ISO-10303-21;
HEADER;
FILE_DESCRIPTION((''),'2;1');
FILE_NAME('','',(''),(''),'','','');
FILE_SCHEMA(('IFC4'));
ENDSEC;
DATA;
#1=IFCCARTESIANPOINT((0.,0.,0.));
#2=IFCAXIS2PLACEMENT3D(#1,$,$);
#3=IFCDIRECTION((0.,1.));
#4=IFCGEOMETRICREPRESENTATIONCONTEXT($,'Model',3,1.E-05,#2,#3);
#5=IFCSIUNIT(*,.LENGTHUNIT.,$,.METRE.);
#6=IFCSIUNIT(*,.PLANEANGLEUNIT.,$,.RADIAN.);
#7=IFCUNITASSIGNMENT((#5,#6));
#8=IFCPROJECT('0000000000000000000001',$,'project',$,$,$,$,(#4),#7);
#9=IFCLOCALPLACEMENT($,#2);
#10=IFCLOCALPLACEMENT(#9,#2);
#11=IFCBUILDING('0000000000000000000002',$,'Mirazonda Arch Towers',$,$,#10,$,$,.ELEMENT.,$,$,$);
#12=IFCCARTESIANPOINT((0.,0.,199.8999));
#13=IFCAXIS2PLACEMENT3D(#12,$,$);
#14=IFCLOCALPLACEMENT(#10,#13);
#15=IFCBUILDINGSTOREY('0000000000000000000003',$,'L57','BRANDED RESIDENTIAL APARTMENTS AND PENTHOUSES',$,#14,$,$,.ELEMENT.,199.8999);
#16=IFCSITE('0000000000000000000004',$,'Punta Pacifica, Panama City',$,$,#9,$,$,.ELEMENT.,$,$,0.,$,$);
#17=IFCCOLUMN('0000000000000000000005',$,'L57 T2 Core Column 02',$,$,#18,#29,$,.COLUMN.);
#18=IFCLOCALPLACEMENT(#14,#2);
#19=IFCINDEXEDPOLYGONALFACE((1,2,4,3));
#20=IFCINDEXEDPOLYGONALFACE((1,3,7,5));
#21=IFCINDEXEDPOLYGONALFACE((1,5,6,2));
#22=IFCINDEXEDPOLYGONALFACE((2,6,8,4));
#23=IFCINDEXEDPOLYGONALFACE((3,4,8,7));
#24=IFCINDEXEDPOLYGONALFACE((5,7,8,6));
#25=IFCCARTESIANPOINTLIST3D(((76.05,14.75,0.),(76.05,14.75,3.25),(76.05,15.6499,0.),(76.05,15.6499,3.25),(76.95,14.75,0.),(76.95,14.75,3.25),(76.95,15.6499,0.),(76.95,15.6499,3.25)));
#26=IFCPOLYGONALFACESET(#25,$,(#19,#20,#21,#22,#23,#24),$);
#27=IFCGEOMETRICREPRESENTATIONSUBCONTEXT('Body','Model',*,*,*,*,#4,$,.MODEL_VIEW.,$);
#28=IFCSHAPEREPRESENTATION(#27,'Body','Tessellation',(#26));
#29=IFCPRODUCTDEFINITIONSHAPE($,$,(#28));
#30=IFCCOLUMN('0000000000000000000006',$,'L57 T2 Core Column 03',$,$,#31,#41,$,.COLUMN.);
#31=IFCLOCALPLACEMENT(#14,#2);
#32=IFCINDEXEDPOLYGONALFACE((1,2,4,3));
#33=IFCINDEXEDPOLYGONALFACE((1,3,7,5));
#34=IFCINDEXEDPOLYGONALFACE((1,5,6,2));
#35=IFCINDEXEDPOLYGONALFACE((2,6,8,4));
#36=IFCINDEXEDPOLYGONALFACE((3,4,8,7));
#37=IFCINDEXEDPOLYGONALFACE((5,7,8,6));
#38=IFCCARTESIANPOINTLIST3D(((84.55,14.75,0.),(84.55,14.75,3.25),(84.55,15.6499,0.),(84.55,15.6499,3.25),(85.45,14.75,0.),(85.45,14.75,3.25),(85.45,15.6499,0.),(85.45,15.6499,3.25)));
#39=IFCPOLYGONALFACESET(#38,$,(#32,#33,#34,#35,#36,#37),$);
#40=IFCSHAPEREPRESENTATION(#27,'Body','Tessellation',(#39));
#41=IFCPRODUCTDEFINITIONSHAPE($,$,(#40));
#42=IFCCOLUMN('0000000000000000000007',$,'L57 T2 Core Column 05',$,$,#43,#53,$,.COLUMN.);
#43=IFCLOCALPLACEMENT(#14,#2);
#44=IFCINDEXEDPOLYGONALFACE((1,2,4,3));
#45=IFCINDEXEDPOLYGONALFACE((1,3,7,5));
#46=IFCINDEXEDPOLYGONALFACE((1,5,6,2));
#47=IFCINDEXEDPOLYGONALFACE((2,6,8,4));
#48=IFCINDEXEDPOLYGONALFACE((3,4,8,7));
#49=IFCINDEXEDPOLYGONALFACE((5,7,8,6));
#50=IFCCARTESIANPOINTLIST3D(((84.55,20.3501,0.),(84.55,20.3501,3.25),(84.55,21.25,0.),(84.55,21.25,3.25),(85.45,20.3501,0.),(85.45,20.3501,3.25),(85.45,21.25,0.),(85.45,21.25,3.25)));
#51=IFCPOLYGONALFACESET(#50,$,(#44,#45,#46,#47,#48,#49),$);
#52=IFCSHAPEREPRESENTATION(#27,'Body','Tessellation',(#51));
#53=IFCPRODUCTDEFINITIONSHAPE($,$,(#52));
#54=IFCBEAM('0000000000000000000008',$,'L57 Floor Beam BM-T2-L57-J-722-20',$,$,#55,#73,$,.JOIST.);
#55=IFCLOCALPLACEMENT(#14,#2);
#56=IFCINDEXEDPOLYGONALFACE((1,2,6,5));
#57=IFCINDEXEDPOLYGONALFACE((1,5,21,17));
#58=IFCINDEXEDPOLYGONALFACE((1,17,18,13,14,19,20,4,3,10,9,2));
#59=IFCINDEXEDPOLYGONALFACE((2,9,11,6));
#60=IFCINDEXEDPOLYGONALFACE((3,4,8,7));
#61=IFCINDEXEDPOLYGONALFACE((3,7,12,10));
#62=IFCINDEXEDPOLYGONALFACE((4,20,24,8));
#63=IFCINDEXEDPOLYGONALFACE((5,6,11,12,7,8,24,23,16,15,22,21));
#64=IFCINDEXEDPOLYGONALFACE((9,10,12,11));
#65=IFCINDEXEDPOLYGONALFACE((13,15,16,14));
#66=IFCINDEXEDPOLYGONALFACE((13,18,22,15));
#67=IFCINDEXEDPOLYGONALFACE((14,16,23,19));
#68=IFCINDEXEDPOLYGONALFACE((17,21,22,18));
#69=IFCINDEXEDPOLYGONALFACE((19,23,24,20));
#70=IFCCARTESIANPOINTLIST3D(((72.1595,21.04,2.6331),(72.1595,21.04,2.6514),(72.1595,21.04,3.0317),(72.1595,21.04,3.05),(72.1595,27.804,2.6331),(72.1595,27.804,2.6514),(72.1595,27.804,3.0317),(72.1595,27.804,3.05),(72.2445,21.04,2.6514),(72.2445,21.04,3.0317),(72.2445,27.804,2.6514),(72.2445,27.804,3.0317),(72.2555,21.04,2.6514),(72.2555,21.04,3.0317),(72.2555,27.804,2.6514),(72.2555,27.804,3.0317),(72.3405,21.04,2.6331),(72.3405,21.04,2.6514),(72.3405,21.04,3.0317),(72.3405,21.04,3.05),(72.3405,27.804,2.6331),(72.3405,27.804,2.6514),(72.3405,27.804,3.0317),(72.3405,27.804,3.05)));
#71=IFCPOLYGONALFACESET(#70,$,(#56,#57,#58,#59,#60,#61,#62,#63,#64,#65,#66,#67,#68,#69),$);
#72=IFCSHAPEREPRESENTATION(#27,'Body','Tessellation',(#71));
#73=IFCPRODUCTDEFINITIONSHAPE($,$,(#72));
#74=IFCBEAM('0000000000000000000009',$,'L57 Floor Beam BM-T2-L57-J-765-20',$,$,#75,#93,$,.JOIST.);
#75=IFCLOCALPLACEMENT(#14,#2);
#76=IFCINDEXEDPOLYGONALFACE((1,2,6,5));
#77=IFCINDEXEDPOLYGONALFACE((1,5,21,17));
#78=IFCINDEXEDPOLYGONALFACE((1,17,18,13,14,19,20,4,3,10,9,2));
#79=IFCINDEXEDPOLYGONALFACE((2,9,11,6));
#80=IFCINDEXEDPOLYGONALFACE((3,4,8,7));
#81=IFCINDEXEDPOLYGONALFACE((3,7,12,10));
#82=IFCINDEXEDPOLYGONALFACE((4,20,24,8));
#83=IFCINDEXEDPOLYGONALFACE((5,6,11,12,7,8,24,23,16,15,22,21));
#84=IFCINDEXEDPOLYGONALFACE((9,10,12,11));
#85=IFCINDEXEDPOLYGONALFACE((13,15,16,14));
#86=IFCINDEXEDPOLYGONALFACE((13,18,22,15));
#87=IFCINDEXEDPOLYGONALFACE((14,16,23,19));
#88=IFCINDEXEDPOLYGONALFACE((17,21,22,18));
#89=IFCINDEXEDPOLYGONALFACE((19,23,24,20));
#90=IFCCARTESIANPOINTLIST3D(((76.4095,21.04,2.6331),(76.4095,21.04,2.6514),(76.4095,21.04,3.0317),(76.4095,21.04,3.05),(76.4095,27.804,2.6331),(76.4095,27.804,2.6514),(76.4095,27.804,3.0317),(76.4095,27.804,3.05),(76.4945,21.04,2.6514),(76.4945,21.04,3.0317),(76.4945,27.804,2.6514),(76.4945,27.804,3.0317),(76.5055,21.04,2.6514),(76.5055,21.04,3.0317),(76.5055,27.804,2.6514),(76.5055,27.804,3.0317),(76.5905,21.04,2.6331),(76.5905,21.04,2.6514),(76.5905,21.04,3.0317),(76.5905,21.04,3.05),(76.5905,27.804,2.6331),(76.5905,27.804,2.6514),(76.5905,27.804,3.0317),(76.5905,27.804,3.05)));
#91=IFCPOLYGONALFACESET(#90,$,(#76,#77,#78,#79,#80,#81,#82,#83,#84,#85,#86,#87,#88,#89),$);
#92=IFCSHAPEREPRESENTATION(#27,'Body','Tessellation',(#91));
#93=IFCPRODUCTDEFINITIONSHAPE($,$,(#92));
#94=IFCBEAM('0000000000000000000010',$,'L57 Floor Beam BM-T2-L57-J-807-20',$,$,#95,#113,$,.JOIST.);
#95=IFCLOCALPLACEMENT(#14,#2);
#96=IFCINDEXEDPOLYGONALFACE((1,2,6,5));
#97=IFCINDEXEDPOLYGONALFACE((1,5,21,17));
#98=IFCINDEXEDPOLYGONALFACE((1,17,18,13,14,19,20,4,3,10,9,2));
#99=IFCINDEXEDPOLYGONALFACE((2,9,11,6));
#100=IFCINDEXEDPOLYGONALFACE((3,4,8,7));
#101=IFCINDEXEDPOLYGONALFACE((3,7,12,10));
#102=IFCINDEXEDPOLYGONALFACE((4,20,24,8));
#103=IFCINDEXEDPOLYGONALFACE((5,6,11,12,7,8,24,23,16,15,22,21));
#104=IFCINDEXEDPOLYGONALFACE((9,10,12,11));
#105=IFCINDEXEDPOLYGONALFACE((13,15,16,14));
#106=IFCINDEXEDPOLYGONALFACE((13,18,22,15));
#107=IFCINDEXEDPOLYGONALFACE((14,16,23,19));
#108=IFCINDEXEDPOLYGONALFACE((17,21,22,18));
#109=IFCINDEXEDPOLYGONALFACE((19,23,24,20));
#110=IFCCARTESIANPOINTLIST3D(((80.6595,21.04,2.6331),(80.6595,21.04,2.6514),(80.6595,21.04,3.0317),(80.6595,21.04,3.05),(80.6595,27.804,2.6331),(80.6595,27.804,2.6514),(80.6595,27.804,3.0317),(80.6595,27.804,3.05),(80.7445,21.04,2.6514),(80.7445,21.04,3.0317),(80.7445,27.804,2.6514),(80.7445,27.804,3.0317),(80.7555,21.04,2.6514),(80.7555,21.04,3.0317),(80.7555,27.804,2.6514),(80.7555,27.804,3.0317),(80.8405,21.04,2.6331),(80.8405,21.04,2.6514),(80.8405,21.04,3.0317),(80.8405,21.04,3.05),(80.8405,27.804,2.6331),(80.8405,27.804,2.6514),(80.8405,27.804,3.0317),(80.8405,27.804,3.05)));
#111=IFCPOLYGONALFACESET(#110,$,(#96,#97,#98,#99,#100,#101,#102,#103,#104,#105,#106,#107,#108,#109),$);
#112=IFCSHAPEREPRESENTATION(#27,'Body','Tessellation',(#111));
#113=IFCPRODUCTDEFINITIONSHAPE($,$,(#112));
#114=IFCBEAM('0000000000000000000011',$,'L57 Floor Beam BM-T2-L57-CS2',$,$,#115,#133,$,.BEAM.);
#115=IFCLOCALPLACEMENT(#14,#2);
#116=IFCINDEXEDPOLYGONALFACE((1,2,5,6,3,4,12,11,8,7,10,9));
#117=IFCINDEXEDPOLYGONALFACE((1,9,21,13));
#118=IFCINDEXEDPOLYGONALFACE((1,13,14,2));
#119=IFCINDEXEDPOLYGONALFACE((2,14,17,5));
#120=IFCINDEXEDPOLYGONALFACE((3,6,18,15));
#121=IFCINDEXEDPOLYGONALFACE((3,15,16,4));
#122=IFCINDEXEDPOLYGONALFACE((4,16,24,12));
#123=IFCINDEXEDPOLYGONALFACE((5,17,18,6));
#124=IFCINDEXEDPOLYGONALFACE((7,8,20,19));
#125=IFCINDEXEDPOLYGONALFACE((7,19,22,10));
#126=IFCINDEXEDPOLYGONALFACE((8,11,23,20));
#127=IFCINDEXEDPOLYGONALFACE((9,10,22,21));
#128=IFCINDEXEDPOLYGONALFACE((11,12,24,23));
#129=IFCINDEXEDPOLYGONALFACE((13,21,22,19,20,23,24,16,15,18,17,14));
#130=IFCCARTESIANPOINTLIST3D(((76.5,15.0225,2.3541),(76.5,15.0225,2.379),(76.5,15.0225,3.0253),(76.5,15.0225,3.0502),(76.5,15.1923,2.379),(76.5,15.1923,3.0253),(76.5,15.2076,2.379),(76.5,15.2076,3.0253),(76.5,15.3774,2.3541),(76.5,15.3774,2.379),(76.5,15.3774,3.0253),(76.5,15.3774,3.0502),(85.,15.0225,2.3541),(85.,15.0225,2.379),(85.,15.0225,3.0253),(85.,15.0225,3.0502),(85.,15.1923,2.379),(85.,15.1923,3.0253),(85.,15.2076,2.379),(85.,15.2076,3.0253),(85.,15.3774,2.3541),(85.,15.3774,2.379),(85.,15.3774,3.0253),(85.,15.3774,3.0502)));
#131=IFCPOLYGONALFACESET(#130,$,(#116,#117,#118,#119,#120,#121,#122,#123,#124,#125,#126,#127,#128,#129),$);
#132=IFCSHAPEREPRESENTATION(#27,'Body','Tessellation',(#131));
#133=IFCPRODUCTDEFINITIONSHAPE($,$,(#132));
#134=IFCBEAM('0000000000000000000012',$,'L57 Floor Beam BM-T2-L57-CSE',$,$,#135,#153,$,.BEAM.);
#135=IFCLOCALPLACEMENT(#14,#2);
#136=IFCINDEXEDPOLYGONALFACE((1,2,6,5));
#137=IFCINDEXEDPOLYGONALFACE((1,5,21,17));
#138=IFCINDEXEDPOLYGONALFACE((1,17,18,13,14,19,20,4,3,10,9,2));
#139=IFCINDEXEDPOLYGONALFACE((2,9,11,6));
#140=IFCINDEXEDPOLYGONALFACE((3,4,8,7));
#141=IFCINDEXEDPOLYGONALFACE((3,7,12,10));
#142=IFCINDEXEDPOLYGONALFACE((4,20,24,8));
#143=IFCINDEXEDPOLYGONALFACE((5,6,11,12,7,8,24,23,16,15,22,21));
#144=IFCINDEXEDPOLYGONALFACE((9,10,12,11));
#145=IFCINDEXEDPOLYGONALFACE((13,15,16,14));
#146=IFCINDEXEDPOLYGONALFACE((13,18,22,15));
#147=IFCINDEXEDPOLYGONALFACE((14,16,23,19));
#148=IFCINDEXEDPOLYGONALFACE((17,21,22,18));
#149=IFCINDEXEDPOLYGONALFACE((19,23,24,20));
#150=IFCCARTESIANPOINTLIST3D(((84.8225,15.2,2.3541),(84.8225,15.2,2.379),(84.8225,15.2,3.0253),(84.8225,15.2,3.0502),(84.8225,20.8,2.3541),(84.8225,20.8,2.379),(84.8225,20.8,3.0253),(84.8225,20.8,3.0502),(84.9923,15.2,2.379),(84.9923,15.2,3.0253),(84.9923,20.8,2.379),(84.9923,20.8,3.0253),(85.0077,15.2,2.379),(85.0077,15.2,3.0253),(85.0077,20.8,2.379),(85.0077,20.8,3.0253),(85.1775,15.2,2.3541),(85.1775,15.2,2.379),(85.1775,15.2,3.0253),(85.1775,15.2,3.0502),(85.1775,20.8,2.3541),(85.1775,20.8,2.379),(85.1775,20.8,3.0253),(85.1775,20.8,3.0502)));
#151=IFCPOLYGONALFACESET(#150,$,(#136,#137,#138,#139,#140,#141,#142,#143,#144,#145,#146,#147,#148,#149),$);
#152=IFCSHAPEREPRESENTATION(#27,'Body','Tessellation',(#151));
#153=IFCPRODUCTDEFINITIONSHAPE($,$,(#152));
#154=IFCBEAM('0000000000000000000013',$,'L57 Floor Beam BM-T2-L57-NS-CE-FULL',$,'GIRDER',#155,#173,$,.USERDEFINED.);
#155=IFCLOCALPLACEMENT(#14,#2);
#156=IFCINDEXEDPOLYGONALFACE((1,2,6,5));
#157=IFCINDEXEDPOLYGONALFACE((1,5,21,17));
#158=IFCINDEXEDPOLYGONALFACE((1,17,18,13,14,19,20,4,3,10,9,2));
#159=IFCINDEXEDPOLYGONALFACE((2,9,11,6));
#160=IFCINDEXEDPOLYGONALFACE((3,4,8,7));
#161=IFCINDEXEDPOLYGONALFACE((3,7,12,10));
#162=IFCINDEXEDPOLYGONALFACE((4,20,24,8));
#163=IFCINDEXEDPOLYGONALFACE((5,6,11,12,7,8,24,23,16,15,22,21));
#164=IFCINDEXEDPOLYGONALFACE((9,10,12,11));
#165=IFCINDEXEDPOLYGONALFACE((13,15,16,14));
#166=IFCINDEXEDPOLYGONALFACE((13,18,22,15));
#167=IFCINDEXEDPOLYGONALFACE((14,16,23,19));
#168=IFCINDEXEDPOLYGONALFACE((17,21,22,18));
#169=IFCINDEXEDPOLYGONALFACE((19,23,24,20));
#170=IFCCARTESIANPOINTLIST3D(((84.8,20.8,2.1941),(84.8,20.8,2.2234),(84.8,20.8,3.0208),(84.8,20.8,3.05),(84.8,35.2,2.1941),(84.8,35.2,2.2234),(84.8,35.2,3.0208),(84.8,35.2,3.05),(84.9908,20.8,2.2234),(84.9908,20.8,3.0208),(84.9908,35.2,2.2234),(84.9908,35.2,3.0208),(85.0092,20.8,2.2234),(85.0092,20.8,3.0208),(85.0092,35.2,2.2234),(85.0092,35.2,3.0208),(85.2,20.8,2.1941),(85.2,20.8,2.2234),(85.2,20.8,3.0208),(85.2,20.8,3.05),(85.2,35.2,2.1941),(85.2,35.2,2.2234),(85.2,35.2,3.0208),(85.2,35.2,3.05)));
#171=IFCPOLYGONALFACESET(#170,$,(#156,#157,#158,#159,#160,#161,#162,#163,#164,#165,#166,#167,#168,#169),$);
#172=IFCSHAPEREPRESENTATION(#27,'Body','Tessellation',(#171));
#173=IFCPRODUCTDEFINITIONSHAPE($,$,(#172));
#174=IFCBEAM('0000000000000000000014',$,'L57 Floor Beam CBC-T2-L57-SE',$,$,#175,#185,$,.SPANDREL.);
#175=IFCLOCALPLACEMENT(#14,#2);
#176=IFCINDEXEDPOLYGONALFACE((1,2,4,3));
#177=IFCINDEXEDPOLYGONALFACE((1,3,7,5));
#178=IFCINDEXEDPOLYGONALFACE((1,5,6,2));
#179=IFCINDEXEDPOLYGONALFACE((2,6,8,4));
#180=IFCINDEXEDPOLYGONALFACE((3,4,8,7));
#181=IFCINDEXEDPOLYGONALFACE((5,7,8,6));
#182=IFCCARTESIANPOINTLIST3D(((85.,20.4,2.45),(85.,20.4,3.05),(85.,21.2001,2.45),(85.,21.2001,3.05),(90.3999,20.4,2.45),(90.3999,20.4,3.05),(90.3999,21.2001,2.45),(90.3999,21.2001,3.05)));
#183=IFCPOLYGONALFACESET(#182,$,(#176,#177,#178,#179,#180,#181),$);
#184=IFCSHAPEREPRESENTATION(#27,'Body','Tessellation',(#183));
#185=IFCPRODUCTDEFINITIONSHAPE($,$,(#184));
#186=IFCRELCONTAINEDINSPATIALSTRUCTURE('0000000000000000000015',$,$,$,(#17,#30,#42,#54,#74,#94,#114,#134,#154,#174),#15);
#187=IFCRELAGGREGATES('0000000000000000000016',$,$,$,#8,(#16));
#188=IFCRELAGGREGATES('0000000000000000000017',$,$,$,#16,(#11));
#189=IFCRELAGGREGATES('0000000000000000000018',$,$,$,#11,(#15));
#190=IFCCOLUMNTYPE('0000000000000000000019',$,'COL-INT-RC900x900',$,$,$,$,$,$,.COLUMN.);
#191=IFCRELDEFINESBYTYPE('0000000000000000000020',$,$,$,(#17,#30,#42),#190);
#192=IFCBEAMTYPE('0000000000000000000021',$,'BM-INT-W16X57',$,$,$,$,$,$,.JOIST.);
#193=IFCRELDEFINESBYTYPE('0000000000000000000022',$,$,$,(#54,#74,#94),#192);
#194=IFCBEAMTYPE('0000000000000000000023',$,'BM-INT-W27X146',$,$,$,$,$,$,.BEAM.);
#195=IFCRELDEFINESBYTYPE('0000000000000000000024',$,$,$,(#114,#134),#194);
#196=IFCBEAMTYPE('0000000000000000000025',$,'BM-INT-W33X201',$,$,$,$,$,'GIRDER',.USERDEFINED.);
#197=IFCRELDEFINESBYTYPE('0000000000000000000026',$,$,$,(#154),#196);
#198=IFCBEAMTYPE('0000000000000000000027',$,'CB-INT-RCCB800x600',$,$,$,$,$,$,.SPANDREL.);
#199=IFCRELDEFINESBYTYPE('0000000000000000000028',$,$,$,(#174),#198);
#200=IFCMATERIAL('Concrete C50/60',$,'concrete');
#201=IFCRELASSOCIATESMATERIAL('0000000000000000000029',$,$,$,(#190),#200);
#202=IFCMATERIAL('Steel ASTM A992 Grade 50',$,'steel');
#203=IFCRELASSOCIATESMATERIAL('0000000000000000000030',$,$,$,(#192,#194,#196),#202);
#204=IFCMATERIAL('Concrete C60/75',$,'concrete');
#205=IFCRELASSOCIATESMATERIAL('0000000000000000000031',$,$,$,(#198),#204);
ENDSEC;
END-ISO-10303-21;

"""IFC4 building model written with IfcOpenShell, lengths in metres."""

from ifc_helpers import new_model, si_unit, direction, frame, origin, origin_2d, place, context, subcontext, project, spatial, rectangle, i_section, extrude, material, material_profile, profile_set, type_object, element, save


model = new_model("IFC4")

# Units and contexts
model_context = context("Model", 3, precision=1e-05, world=origin(), true_north=direction((0.0, 1.0)))
body_context = subcontext(model_context, "Body", "Model", "MODEL_VIEW")
ifc_project = project(units=[si_unit("LENGTHUNIT", "METRE"), si_unit("PLANEANGLEUNIT", "RADIAN")], contexts=[model_context])

# Site, building, storey
site_placement = place(None, origin())
site = spatial("IfcSite", under=ifc_project, at=site_placement, Name="Punta Pacifica, Panama City", CompositionType="ELEMENT", RefElevation=0.0)
building_placement = place(site_placement, origin())
building = spatial("IfcBuilding", under=site, at=building_placement, Name="Mirazonda Arch Towers", CompositionType="ELEMENT")
storey_placement = place(building_placement, frame((0.0, 0.0, 199.8999)))
storey = spatial("IfcBuildingStorey", under=building, at=storey_placement, Name="L57", Description="BRANDED RESIDENTIAL APARTMENTS AND PENTHOUSES", CompositionType="ELEMENT", Elevation=199.8999)

# Columns
ifc_material_1 = material(Name="Concrete C50/60", Category="concrete")
ifc_material_profile_1 = material_profile(ifc_material_1, rectangle(XDim=0.8999, YDim=0.8999, at=origin_2d()), Name="RC900x900")
ifc_profile_set_1 = profile_set([ifc_material_profile_1], Name="Concrete C50/60")
column_type = type_object("IfcColumnType", Name="COL-INT-RC900x900", PredefinedType="COLUMN", material=ifc_profile_set_1)
for number, where, z_axis, x_axis, name in (
    (1, (76.5, 15.2, 0.0), (0.0, 0.0, 1.0), (1.0, 0.0, 0.0), "L57 T2 Core Column 02"),
    (2, (85.0, 15.2, 0.0), (0.0, 0.0, 1.0), (1.0, 0.0, 0.0), "L57 T2 Core Column 03"),
    (3, (85.0, 20.8, 0.0), (0.0, 0.0, 1.0), (1.0, 0.0, 0.0), "L57 T2 Core Column 05"),
):
    element("IfcColumn", number, at=place(storey_placement, frame(where, z_axis=z_axis, x_axis=x_axis)), inside=storey, type_object=column_type, Name=name, PredefinedType="COLUMN", context=body_context, shape_type="SweptSolid", body=[
        extrude(rectangle(XDim=0.8999, YDim=0.8999, at=origin_2d()), origin(), (0.0, 0.0, 1.0), 3.25),
    ])

# Beams
ifc_material_2 = material(Name="Steel ASTM A992 Grade 50", Category="steel")
ifc_material_profile_2 = material_profile(ifc_material_2, i_section(OverallWidth=0.1809, OverallDepth=0.417, WebThickness=0.011, FlangeThickness=0.0183, at=origin_2d()), Name="W16X57")
ifc_profile_set_2 = profile_set([ifc_material_profile_2], Name="Steel ASTM A992 Grade 50")
beam_type_1 = type_object("IfcBeamType", Name="BM-INT-W16X57", PredefinedType="JOIST", material=ifc_profile_set_2)
for number, where, z_axis, x_axis, name in (
    (4, (72.25, 21.04, 2.8416), (0.0, 1.0, 0.0), (-1.0, 0.0, 0.0), "L57 Floor Beam BM-T2-L57-J-722-20"),
    (5, (76.5, 21.04, 2.8416), (0.0, 1.0, 0.0), (-1.0, 0.0, 0.0), "L57 Floor Beam BM-T2-L57-J-765-20"),
    (6, (80.75, 21.04, 2.8416), (0.0, 1.0, 0.0), (-1.0, 0.0, 0.0), "L57 Floor Beam BM-T2-L57-J-807-20"),
):
    element("IfcBeam", number, at=place(storey_placement, frame(where, z_axis=z_axis, x_axis=x_axis)), inside=storey, type_object=beam_type_1, Name=name, PredefinedType="JOIST", context=body_context, shape_type="SweptSolid", body=[
        extrude(i_section(OverallWidth=0.1809, OverallDepth=0.417, WebThickness=0.011, FlangeThickness=0.0183, at=origin_2d()), origin(), (0.0, 0.0, 1.0), 6.7639),
    ])
ifc_material_profile_3 = material_profile(ifc_material_2, i_section(OverallWidth=0.355, OverallDepth=0.696, WebThickness=0.0154, FlangeThickness=0.0249, at=origin_2d()), Name="W27X146")
ifc_profile_set_3 = profile_set([ifc_material_profile_3], Name="Steel ASTM A992 Grade 50")
beam_type_2 = type_object("IfcBeamType", Name="BM-INT-W27X146", PredefinedType="BEAM", material=ifc_profile_set_3)
beam_1_placement = place(storey_placement, frame((76.5, 15.2, 2.7021), z_axis=(1.0, 0.0, 0.0), x_axis=(0.0, 1.0, 0.0)))
element("IfcBeam", 7, at=beam_1_placement, inside=storey, type_object=beam_type_2, Name="L57 Floor Beam BM-T2-L57-CS2", PredefinedType="BEAM", context=body_context, shape_type="SweptSolid", body=[
    extrude(i_section(OverallWidth=0.355, OverallDepth=0.696, WebThickness=0.0154, FlangeThickness=0.0249, at=origin_2d()), origin(), (0.0, 0.0, 1.0), 8.5),
])
beam_2_placement = place(storey_placement, frame((85.0, 15.2, 2.7021), z_axis=(0.0, 1.0, 0.0), x_axis=(-1.0, 0.0, 0.0)))
element("IfcBeam", 8, at=beam_2_placement, inside=storey, type_object=beam_type_2, Name="L57 Floor Beam BM-T2-L57-CSE", PredefinedType="BEAM", context=body_context, shape_type="SweptSolid", body=[
    extrude(i_section(OverallWidth=0.355, OverallDepth=0.696, WebThickness=0.0154, FlangeThickness=0.0249, at=origin_2d()), origin(), (0.0, 0.0, 1.0), 5.6001),
])
ifc_material_profile_4 = material_profile(ifc_material_2, i_section(OverallWidth=0.3999, OverallDepth=0.856, WebThickness=0.0183, FlangeThickness=0.0293, at=origin_2d()), Name="W33X201")
ifc_profile_set_4 = profile_set([ifc_material_profile_4], Name="Steel ASTM A992 Grade 50")
beam_type_3 = type_object("IfcBeamType", Name="BM-INT-W33X201", ElementType="GIRDER", PredefinedType="USERDEFINED", material=ifc_profile_set_4)
beam_3_placement = place(storey_placement, frame((85.0, 20.8, 2.6221), z_axis=(0.0, 1.0, 0.0), x_axis=(-1.0, 0.0, 0.0)))
element("IfcBeam", 9, at=beam_3_placement, inside=storey, type_object=beam_type_3, Name="L57 Floor Beam BM-T2-L57-NS-CE-FULL", ObjectType="GIRDER", PredefinedType="USERDEFINED", context=body_context, shape_type="SweptSolid", body=[
    extrude(i_section(OverallWidth=0.3999, OverallDepth=0.856, WebThickness=0.0183, FlangeThickness=0.0293, at=origin_2d()), origin(), (0.0, 0.0, 1.0), 14.3999),
])
ifc_material_3 = material(Name="Concrete C60/75", Category="concrete")
ifc_material_profile_5 = material_profile(ifc_material_3, rectangle(XDim=0.8, YDim=0.6001, at=origin_2d()), Name="RCCB800x600")
ifc_profile_set_5 = profile_set([ifc_material_profile_5], Name="Concrete C60/75")
beam_type_4 = type_object("IfcBeamType", Name="CB-INT-RCCB800x600", PredefinedType="SPANDREL", material=ifc_profile_set_5)
beam_4_placement = place(storey_placement, frame((85.0, 20.8, 2.75), z_axis=(1.0, 0.0, 0.0), x_axis=(0.0, 1.0, 0.0)))
element("IfcBeam", 10, at=beam_4_placement, inside=storey, type_object=beam_type_4, Name="L57 Floor Beam CBC-T2-L57-SE", PredefinedType="SPANDREL", context=body_context, shape_type="SweptSolid", body=[
    extrude(rectangle(XDim=0.8, YDim=0.6001, at=origin_2d()), origin(), (0.0, 0.0, 1.0), 5.3999),
])

save(model, "model.ifc")
